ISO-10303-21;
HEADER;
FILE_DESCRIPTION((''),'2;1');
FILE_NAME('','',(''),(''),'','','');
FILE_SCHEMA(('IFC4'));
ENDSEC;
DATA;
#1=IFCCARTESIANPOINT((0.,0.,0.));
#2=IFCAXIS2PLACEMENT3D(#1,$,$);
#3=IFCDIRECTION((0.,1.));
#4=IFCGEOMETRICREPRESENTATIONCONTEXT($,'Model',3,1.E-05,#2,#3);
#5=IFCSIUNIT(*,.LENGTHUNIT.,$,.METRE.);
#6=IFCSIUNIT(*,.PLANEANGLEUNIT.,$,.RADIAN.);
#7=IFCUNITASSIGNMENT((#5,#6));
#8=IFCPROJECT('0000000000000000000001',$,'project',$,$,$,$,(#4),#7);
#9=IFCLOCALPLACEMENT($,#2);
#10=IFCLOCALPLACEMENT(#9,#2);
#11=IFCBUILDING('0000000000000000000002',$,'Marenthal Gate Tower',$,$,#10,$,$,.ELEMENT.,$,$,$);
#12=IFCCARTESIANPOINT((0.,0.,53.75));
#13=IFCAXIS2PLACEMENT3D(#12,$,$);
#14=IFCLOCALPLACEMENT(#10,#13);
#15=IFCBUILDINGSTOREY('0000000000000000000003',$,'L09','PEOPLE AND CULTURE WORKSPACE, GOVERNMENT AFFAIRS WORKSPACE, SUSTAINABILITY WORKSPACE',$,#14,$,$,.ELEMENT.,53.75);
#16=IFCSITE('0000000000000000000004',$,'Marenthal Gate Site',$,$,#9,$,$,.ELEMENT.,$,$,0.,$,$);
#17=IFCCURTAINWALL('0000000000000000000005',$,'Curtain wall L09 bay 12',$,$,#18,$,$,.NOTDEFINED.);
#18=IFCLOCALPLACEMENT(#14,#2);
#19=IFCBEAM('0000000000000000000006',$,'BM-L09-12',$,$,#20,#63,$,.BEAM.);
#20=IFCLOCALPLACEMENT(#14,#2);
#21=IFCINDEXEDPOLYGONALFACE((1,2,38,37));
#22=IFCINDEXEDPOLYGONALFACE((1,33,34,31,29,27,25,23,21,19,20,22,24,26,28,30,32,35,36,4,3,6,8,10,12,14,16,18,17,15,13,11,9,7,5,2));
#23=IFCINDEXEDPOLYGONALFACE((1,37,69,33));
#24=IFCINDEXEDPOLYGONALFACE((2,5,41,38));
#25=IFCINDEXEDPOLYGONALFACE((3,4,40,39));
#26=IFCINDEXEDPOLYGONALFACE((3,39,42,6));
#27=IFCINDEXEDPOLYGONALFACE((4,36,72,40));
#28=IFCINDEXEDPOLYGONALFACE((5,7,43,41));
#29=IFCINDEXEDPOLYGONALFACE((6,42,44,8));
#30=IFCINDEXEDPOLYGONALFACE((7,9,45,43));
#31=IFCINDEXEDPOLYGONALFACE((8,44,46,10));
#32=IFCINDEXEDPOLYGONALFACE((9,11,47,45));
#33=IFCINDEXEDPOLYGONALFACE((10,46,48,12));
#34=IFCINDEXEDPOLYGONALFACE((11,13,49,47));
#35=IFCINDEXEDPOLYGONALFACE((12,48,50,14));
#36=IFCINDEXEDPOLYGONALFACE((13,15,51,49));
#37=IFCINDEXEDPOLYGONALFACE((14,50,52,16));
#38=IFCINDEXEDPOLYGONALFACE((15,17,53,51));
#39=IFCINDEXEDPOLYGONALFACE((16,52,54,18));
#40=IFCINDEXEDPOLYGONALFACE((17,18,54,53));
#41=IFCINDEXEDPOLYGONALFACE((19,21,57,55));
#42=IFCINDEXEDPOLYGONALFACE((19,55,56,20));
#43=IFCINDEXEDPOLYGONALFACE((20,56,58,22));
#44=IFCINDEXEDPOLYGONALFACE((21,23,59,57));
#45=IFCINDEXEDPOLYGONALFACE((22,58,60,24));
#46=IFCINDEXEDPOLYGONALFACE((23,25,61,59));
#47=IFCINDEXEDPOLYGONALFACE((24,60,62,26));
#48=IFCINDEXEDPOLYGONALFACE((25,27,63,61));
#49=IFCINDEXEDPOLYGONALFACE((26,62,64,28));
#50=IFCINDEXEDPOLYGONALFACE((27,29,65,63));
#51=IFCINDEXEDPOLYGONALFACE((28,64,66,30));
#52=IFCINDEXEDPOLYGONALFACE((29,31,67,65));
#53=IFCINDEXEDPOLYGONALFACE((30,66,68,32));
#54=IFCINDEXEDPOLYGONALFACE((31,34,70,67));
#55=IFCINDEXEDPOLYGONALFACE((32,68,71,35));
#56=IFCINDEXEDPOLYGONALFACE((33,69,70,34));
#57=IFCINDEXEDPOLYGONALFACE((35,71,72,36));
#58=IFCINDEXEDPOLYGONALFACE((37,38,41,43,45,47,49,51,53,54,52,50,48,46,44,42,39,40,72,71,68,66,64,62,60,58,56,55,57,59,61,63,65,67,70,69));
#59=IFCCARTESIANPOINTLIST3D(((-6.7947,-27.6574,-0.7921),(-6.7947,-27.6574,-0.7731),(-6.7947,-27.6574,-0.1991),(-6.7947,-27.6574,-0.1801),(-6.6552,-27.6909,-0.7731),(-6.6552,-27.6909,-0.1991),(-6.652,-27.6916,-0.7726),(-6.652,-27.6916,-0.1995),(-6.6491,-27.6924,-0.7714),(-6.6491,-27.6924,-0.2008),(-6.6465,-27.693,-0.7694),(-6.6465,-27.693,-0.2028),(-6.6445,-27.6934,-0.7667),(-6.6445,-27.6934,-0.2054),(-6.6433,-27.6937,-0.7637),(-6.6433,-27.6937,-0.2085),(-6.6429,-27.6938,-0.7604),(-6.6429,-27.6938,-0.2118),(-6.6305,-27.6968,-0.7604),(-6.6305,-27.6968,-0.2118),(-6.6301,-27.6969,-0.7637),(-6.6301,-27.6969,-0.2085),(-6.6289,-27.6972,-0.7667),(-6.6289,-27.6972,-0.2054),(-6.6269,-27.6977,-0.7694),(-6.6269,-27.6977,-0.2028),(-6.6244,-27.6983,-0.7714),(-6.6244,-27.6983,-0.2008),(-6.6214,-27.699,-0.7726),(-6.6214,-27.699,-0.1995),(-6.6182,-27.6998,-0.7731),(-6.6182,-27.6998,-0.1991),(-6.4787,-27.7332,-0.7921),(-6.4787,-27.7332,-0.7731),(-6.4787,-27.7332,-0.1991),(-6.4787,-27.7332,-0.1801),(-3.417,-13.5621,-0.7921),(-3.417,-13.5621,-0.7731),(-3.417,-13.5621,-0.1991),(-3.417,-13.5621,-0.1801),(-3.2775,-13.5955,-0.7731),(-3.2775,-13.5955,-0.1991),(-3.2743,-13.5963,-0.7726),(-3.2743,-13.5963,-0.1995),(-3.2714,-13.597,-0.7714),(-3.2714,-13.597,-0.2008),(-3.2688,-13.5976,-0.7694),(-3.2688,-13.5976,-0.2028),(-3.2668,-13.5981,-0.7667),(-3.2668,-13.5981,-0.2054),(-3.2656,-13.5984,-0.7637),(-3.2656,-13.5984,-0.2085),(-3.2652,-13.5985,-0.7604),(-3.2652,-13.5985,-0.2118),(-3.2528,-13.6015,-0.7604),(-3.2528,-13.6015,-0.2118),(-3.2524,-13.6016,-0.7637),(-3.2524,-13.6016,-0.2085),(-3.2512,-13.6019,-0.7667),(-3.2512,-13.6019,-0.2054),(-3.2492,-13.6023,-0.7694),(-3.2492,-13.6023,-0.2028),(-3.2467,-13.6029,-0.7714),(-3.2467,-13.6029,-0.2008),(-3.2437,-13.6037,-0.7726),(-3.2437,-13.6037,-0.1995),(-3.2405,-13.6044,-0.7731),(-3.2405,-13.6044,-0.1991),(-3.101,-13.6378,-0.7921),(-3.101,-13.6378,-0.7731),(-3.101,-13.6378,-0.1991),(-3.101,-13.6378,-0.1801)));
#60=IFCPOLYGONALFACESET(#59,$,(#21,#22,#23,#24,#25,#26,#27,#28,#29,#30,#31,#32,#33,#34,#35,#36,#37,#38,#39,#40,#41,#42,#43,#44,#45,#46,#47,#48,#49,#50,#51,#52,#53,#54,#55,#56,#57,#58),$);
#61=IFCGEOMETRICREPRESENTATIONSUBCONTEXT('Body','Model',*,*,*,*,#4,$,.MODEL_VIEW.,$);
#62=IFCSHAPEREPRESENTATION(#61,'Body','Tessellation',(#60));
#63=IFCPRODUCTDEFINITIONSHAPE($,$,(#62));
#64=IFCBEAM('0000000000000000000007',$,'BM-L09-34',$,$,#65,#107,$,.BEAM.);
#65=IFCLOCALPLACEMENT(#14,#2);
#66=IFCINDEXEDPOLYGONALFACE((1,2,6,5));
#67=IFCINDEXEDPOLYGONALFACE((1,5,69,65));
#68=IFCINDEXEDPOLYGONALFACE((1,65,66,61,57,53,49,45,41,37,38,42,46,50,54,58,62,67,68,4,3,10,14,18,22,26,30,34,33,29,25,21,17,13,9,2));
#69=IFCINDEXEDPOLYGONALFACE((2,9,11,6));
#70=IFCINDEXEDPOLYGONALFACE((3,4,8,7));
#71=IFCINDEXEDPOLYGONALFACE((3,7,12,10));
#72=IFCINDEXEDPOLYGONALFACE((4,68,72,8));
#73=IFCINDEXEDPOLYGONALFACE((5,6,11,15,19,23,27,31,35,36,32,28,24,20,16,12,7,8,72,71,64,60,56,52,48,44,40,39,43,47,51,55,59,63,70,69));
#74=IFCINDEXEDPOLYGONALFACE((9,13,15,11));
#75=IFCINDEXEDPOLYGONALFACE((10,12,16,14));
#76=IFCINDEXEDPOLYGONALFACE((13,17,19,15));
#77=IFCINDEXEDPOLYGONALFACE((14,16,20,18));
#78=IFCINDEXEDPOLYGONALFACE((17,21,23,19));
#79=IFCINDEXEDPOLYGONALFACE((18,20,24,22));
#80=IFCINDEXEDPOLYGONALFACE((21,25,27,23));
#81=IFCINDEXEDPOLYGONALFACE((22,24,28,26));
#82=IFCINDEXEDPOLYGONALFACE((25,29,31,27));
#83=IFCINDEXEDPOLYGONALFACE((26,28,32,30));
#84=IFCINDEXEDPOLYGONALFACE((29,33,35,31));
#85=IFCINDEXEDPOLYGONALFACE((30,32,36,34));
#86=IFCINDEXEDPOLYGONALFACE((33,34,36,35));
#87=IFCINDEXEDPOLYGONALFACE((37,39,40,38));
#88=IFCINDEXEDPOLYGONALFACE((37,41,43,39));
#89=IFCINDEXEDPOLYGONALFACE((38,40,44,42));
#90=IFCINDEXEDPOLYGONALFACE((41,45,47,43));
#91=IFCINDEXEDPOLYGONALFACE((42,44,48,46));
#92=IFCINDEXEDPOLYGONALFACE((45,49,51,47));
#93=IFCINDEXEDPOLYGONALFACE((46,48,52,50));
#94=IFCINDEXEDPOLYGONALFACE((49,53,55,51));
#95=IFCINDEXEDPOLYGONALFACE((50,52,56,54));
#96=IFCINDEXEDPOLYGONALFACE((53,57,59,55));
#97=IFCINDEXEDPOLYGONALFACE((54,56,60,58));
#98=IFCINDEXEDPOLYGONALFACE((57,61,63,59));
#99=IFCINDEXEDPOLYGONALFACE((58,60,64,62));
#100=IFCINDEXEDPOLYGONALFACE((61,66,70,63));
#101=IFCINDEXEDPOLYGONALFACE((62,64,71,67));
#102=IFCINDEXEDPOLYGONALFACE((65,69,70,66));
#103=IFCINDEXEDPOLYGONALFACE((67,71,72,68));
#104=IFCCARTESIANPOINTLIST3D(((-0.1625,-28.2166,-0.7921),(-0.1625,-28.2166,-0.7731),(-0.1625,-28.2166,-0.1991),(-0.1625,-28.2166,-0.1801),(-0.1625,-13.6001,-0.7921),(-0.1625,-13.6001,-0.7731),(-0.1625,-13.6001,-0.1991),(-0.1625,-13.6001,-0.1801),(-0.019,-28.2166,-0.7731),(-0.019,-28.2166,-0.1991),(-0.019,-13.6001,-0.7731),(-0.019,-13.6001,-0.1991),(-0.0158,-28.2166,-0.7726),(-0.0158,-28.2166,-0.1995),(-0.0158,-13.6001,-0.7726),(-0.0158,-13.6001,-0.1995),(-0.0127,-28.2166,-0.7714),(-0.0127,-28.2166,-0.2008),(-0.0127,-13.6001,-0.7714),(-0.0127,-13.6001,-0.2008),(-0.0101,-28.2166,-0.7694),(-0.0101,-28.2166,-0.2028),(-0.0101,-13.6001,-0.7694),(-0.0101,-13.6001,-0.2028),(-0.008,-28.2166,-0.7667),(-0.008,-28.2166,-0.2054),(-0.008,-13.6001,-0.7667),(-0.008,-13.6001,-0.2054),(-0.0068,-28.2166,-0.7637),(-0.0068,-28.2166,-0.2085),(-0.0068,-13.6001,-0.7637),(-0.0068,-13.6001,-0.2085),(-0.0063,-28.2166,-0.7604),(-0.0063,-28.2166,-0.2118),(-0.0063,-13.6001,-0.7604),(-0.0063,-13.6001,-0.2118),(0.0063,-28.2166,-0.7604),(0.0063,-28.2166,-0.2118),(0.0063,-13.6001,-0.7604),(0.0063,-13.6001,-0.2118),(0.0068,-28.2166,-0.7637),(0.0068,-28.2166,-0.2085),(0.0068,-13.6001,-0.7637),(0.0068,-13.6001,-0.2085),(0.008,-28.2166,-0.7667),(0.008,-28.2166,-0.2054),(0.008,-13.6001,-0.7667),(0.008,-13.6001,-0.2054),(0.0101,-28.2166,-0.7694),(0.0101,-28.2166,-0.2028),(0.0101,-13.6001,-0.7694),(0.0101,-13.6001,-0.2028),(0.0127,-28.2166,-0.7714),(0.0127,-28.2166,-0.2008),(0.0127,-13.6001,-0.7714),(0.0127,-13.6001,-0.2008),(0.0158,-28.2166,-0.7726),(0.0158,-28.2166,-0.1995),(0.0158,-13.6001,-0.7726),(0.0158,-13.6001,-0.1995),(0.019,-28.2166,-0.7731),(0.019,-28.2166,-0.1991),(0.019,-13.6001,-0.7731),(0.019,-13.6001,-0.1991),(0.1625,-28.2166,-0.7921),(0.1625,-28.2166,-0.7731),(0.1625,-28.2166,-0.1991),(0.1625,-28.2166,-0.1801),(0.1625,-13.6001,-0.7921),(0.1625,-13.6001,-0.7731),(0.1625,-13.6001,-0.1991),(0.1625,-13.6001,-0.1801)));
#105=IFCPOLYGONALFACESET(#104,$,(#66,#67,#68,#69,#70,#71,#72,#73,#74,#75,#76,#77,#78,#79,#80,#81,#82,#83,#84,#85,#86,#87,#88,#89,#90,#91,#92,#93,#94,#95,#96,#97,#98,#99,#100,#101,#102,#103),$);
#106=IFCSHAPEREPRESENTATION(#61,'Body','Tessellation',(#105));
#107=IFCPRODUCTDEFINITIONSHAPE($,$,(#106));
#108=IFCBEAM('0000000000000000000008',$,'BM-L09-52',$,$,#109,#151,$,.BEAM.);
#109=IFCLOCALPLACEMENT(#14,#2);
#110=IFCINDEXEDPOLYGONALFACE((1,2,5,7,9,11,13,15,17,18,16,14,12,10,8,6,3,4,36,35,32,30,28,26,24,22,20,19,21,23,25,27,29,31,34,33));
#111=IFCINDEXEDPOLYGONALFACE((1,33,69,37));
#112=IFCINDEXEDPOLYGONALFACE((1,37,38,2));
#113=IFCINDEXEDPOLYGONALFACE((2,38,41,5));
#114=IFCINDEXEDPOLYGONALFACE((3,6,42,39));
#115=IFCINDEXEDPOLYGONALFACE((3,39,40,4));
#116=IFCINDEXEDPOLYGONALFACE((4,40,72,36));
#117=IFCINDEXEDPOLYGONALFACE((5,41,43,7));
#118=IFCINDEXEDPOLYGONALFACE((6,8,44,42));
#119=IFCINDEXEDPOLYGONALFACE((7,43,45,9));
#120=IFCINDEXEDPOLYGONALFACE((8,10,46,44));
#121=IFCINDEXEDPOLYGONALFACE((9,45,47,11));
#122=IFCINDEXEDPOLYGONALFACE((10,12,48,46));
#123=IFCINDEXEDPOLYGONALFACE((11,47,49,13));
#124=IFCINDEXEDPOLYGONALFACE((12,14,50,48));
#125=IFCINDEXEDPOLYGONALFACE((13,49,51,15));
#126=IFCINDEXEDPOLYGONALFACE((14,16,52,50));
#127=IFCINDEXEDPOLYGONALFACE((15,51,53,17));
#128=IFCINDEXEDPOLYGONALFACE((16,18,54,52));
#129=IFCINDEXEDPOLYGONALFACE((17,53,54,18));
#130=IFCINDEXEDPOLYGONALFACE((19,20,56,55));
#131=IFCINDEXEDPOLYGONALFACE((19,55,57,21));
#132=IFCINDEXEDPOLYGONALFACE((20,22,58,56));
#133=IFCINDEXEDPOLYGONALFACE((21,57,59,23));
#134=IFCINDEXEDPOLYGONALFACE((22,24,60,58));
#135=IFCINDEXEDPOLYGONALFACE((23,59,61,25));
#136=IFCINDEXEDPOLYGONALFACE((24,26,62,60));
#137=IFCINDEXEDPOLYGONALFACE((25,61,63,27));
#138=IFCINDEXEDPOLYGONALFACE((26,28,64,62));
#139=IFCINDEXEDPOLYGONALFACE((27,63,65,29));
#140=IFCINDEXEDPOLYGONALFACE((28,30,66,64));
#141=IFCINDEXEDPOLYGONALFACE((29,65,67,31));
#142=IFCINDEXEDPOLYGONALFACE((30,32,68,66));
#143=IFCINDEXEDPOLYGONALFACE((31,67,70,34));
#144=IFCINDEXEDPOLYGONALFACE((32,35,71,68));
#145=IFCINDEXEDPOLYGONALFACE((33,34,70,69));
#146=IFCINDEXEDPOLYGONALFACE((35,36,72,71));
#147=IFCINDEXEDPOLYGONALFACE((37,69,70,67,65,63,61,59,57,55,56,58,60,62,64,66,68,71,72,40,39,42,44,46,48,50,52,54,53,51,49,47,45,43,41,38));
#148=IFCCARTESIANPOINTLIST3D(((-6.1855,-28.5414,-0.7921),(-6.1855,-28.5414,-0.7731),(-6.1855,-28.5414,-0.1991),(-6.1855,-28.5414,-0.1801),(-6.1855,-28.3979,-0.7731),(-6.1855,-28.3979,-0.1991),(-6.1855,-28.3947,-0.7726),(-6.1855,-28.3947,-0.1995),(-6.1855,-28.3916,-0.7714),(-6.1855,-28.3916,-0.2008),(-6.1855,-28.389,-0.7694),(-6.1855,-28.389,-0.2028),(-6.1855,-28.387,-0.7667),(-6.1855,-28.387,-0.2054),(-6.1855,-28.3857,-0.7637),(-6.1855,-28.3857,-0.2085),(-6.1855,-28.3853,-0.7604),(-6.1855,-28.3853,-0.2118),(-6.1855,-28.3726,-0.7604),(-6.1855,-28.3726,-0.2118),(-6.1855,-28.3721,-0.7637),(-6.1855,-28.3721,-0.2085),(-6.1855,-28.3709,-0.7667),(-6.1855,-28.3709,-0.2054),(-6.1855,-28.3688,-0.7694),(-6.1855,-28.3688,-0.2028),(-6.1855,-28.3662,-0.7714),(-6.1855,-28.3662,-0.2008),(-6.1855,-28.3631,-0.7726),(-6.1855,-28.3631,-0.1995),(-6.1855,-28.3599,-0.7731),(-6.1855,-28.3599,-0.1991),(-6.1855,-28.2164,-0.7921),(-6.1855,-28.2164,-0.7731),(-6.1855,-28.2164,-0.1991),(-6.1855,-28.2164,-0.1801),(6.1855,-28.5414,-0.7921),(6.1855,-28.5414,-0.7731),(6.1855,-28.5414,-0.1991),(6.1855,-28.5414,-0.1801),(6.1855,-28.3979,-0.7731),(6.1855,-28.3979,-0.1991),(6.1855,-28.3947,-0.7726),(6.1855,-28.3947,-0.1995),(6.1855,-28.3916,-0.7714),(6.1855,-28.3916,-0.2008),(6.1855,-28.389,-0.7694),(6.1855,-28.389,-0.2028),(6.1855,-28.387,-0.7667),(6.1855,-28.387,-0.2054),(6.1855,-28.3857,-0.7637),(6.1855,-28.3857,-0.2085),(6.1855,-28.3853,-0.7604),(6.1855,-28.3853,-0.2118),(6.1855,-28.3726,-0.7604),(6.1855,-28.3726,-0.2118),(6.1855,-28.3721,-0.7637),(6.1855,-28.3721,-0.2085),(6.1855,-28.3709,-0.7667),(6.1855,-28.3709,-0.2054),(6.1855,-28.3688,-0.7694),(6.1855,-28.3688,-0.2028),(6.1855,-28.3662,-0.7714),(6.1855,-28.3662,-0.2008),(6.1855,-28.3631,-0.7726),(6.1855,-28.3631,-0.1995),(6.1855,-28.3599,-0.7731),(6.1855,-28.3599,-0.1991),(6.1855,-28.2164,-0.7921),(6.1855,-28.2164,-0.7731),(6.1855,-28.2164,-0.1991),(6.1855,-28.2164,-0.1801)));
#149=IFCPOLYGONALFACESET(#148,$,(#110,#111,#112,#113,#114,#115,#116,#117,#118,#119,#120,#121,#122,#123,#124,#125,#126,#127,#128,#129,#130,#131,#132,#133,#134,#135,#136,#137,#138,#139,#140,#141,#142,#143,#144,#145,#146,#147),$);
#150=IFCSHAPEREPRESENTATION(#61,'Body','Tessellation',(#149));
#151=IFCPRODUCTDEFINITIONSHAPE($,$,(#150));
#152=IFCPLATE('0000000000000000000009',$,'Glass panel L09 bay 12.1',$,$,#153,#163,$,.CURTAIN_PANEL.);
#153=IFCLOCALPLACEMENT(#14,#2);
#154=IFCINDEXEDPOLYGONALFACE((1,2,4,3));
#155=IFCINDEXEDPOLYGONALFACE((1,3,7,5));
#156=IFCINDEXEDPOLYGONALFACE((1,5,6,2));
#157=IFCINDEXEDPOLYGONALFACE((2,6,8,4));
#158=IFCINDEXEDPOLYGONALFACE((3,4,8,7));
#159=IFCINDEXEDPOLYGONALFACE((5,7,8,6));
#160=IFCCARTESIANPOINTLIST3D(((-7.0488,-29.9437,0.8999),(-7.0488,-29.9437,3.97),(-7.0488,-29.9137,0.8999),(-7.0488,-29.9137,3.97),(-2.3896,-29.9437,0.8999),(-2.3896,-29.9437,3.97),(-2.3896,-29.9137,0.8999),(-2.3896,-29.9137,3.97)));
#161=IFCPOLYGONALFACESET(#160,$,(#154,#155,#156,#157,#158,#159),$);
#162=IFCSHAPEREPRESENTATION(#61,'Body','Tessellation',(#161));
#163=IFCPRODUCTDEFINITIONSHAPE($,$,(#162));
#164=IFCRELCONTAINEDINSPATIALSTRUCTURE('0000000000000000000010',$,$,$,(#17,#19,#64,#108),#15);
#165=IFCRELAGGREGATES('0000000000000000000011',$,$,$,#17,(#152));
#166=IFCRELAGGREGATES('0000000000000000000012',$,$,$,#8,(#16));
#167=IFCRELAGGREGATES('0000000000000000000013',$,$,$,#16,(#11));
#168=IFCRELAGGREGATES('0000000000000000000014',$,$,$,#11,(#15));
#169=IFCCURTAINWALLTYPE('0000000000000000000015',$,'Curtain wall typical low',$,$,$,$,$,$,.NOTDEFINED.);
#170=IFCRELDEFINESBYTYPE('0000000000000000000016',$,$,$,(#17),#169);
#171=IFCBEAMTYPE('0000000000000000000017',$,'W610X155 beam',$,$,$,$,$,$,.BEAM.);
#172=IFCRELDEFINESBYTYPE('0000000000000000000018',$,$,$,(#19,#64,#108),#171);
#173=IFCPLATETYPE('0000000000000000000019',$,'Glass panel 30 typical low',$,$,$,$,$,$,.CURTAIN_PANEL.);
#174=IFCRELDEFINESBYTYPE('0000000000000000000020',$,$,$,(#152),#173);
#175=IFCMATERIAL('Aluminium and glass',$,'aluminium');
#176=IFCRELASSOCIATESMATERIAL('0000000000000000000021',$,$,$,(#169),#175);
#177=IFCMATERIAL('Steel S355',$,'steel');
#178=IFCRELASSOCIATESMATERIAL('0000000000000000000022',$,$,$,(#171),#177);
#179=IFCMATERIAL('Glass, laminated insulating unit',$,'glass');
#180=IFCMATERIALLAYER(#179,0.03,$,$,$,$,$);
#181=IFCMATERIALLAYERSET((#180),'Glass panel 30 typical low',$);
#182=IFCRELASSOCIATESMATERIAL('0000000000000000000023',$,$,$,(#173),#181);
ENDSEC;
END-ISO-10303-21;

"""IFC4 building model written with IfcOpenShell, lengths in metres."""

from ifc_helpers import new_model, si_unit, direction, frame, origin, origin_2d, place, context, subcontext, project, spatial, rectangle, i_section, extrude, material, layer, layer_set, material_profile, profile_set, type_object, element, aggregate, save


model = new_model("IFC4")

# Units and contexts
model_context = context("Model", 3, precision=1e-05, world=origin(), true_north=direction((0.0, 1.0)))
body_context = subcontext(model_context, "Body", "Model", "MODEL_VIEW")
ifc_project = project(units=[si_unit("LENGTHUNIT", "METRE"), si_unit("PLANEANGLEUNIT", "RADIAN")], contexts=[model_context])

# Site, building, storey
site_placement = place(None, origin())
site = spatial("IfcSite", under=ifc_project, at=site_placement, Name="Marenthal Gate Site", CompositionType="ELEMENT", RefElevation=0.0)
building_placement = place(site_placement, origin())
building = spatial("IfcBuilding", under=site, at=building_placement, Name="Marenthal Gate Tower", CompositionType="ELEMENT")
storey_placement = place(building_placement, frame((0.0, 0.0, 53.75)))
storey = spatial("IfcBuildingStorey", under=building, at=storey_placement, Name="L09", Description="PEOPLE AND CULTURE WORKSPACE, GOVERNMENT AFFAIRS WORKSPACE, SUSTAINABILITY WORKSPACE", CompositionType="ELEMENT", Elevation=53.75)

# Curtain wall
ifc_material_1 = material(Name="Aluminium and glass", Category="aluminium")
curtain_wall_type = type_object("IfcCurtainWallType", Name="Curtain wall typical low", PredefinedType="NOTDEFINED", material=ifc_material_1)
curtain_wall_placement = place(storey_placement, origin())
curtain_wall = element("IfcCurtainWall", 1, at=curtain_wall_placement, inside=storey, type_object=curtain_wall_type, Name="Curtain wall L09 bay 12", PredefinedType="NOTDEFINED")

# Beams
ifc_material_2 = material(Name="Steel S355", Category="steel")
ifc_material_profile_1 = material_profile(ifc_material_2, i_section(OverallWidth=0.325, OverallDepth=0.6121, WebThickness=0.0127, FlangeThickness=0.019, FilletRadius=0.0127, at=origin_2d()), Name="W610X155")
ifc_profile_set_1 = profile_set([ifc_material_profile_1], Name="Steel S355")
beam_type_1 = type_object("IfcBeamType", Name="W610X155 beam", PredefinedType="BEAM", material=ifc_profile_set_1)
beam_1_placement = place(storey_placement, frame((-6.6367, -27.6953, -0.4861), z_axis=(0.233036, 0.972468, 0.0), x_axis=(-0.972468, 0.233036, 0.0)))
element("IfcBeam", 2, at=beam_1_placement, inside=storey, type_object=beam_type_1, Name="BM-L09-12", PredefinedType="BEAM", context=body_context, shape_type="SweptSolid", body=[
    extrude(i_section(OverallWidth=0.325, OverallDepth=0.6121, WebThickness=0.0127, FlangeThickness=0.019, FilletRadius=0.0127, at=origin_2d()), origin(), (0.0, 0.0, 1.0), 14.4944),
])
beam_2_placement = place(storey_placement, frame((0.0, -28.2166, -0.4861), z_axis=(0.0, 1.0, 0.0), x_axis=(-1.0, 0.0, 0.0)))
element("IfcBeam", 3, at=beam_2_placement, inside=storey, type_object=beam_type_1, Name="BM-L09-34", PredefinedType="BEAM", context=body_context, shape_type="SweptSolid", body=[
    extrude(i_section(OverallWidth=0.325, OverallDepth=0.6121, WebThickness=0.0127, FlangeThickness=0.019, FilletRadius=0.0127, at=origin_2d()), origin(), (0.0, 0.0, 1.0), 14.6165),
])
beam_3_placement = place(storey_placement, frame((-6.1855, -28.3789, -0.4861), z_axis=(1.0, 0.0, 0.0), x_axis=(0.0, 1.0, 0.0)))
element("IfcBeam", 4, at=beam_3_placement, inside=storey, type_object=beam_type_1, Name="BM-L09-52", PredefinedType="BEAM", context=body_context, shape_type="SweptSolid", body=[
    extrude(i_section(OverallWidth=0.325, OverallDepth=0.6121, WebThickness=0.0127, FlangeThickness=0.019, FilletRadius=0.0127, at=origin_2d()), origin(), (0.0, 0.0, 1.0), 12.3711),
])

# Plate
ifc_material_3 = material(Name="Glass, laminated insulating unit", Category="glass")
ifc_layer_1 = layer(ifc_material_3, 0.03)
ifc_layer_set_1 = layer_set([ifc_layer_1], Name="Glass panel 30 typical low")
plate_type = type_object("IfcPlateType", Name="Glass panel 30 typical low", PredefinedType="CURTAIN_PANEL", material=ifc_layer_set_1)
plate_placement = place(storey_placement, frame((-4.7192, -29.9287, 0.8999), z_axis=(0.0, 0.0, 1.0), x_axis=(1.0, 0.0, 0.0)))
plate = element("IfcPlate", 5, at=plate_placement, type_object=plate_type, Name="Glass panel L09 bay 12.1", PredefinedType="CURTAIN_PANEL", context=body_context, shape_type="SweptSolid", body=[
    extrude(rectangle(XDim=4.6592, YDim=0.03, at=origin_2d()), origin(), (0.0, 0.0, 1.0), 3.0701),
])
aggregate(curtain_wall, [plate])

save(model, "model.ifc")
